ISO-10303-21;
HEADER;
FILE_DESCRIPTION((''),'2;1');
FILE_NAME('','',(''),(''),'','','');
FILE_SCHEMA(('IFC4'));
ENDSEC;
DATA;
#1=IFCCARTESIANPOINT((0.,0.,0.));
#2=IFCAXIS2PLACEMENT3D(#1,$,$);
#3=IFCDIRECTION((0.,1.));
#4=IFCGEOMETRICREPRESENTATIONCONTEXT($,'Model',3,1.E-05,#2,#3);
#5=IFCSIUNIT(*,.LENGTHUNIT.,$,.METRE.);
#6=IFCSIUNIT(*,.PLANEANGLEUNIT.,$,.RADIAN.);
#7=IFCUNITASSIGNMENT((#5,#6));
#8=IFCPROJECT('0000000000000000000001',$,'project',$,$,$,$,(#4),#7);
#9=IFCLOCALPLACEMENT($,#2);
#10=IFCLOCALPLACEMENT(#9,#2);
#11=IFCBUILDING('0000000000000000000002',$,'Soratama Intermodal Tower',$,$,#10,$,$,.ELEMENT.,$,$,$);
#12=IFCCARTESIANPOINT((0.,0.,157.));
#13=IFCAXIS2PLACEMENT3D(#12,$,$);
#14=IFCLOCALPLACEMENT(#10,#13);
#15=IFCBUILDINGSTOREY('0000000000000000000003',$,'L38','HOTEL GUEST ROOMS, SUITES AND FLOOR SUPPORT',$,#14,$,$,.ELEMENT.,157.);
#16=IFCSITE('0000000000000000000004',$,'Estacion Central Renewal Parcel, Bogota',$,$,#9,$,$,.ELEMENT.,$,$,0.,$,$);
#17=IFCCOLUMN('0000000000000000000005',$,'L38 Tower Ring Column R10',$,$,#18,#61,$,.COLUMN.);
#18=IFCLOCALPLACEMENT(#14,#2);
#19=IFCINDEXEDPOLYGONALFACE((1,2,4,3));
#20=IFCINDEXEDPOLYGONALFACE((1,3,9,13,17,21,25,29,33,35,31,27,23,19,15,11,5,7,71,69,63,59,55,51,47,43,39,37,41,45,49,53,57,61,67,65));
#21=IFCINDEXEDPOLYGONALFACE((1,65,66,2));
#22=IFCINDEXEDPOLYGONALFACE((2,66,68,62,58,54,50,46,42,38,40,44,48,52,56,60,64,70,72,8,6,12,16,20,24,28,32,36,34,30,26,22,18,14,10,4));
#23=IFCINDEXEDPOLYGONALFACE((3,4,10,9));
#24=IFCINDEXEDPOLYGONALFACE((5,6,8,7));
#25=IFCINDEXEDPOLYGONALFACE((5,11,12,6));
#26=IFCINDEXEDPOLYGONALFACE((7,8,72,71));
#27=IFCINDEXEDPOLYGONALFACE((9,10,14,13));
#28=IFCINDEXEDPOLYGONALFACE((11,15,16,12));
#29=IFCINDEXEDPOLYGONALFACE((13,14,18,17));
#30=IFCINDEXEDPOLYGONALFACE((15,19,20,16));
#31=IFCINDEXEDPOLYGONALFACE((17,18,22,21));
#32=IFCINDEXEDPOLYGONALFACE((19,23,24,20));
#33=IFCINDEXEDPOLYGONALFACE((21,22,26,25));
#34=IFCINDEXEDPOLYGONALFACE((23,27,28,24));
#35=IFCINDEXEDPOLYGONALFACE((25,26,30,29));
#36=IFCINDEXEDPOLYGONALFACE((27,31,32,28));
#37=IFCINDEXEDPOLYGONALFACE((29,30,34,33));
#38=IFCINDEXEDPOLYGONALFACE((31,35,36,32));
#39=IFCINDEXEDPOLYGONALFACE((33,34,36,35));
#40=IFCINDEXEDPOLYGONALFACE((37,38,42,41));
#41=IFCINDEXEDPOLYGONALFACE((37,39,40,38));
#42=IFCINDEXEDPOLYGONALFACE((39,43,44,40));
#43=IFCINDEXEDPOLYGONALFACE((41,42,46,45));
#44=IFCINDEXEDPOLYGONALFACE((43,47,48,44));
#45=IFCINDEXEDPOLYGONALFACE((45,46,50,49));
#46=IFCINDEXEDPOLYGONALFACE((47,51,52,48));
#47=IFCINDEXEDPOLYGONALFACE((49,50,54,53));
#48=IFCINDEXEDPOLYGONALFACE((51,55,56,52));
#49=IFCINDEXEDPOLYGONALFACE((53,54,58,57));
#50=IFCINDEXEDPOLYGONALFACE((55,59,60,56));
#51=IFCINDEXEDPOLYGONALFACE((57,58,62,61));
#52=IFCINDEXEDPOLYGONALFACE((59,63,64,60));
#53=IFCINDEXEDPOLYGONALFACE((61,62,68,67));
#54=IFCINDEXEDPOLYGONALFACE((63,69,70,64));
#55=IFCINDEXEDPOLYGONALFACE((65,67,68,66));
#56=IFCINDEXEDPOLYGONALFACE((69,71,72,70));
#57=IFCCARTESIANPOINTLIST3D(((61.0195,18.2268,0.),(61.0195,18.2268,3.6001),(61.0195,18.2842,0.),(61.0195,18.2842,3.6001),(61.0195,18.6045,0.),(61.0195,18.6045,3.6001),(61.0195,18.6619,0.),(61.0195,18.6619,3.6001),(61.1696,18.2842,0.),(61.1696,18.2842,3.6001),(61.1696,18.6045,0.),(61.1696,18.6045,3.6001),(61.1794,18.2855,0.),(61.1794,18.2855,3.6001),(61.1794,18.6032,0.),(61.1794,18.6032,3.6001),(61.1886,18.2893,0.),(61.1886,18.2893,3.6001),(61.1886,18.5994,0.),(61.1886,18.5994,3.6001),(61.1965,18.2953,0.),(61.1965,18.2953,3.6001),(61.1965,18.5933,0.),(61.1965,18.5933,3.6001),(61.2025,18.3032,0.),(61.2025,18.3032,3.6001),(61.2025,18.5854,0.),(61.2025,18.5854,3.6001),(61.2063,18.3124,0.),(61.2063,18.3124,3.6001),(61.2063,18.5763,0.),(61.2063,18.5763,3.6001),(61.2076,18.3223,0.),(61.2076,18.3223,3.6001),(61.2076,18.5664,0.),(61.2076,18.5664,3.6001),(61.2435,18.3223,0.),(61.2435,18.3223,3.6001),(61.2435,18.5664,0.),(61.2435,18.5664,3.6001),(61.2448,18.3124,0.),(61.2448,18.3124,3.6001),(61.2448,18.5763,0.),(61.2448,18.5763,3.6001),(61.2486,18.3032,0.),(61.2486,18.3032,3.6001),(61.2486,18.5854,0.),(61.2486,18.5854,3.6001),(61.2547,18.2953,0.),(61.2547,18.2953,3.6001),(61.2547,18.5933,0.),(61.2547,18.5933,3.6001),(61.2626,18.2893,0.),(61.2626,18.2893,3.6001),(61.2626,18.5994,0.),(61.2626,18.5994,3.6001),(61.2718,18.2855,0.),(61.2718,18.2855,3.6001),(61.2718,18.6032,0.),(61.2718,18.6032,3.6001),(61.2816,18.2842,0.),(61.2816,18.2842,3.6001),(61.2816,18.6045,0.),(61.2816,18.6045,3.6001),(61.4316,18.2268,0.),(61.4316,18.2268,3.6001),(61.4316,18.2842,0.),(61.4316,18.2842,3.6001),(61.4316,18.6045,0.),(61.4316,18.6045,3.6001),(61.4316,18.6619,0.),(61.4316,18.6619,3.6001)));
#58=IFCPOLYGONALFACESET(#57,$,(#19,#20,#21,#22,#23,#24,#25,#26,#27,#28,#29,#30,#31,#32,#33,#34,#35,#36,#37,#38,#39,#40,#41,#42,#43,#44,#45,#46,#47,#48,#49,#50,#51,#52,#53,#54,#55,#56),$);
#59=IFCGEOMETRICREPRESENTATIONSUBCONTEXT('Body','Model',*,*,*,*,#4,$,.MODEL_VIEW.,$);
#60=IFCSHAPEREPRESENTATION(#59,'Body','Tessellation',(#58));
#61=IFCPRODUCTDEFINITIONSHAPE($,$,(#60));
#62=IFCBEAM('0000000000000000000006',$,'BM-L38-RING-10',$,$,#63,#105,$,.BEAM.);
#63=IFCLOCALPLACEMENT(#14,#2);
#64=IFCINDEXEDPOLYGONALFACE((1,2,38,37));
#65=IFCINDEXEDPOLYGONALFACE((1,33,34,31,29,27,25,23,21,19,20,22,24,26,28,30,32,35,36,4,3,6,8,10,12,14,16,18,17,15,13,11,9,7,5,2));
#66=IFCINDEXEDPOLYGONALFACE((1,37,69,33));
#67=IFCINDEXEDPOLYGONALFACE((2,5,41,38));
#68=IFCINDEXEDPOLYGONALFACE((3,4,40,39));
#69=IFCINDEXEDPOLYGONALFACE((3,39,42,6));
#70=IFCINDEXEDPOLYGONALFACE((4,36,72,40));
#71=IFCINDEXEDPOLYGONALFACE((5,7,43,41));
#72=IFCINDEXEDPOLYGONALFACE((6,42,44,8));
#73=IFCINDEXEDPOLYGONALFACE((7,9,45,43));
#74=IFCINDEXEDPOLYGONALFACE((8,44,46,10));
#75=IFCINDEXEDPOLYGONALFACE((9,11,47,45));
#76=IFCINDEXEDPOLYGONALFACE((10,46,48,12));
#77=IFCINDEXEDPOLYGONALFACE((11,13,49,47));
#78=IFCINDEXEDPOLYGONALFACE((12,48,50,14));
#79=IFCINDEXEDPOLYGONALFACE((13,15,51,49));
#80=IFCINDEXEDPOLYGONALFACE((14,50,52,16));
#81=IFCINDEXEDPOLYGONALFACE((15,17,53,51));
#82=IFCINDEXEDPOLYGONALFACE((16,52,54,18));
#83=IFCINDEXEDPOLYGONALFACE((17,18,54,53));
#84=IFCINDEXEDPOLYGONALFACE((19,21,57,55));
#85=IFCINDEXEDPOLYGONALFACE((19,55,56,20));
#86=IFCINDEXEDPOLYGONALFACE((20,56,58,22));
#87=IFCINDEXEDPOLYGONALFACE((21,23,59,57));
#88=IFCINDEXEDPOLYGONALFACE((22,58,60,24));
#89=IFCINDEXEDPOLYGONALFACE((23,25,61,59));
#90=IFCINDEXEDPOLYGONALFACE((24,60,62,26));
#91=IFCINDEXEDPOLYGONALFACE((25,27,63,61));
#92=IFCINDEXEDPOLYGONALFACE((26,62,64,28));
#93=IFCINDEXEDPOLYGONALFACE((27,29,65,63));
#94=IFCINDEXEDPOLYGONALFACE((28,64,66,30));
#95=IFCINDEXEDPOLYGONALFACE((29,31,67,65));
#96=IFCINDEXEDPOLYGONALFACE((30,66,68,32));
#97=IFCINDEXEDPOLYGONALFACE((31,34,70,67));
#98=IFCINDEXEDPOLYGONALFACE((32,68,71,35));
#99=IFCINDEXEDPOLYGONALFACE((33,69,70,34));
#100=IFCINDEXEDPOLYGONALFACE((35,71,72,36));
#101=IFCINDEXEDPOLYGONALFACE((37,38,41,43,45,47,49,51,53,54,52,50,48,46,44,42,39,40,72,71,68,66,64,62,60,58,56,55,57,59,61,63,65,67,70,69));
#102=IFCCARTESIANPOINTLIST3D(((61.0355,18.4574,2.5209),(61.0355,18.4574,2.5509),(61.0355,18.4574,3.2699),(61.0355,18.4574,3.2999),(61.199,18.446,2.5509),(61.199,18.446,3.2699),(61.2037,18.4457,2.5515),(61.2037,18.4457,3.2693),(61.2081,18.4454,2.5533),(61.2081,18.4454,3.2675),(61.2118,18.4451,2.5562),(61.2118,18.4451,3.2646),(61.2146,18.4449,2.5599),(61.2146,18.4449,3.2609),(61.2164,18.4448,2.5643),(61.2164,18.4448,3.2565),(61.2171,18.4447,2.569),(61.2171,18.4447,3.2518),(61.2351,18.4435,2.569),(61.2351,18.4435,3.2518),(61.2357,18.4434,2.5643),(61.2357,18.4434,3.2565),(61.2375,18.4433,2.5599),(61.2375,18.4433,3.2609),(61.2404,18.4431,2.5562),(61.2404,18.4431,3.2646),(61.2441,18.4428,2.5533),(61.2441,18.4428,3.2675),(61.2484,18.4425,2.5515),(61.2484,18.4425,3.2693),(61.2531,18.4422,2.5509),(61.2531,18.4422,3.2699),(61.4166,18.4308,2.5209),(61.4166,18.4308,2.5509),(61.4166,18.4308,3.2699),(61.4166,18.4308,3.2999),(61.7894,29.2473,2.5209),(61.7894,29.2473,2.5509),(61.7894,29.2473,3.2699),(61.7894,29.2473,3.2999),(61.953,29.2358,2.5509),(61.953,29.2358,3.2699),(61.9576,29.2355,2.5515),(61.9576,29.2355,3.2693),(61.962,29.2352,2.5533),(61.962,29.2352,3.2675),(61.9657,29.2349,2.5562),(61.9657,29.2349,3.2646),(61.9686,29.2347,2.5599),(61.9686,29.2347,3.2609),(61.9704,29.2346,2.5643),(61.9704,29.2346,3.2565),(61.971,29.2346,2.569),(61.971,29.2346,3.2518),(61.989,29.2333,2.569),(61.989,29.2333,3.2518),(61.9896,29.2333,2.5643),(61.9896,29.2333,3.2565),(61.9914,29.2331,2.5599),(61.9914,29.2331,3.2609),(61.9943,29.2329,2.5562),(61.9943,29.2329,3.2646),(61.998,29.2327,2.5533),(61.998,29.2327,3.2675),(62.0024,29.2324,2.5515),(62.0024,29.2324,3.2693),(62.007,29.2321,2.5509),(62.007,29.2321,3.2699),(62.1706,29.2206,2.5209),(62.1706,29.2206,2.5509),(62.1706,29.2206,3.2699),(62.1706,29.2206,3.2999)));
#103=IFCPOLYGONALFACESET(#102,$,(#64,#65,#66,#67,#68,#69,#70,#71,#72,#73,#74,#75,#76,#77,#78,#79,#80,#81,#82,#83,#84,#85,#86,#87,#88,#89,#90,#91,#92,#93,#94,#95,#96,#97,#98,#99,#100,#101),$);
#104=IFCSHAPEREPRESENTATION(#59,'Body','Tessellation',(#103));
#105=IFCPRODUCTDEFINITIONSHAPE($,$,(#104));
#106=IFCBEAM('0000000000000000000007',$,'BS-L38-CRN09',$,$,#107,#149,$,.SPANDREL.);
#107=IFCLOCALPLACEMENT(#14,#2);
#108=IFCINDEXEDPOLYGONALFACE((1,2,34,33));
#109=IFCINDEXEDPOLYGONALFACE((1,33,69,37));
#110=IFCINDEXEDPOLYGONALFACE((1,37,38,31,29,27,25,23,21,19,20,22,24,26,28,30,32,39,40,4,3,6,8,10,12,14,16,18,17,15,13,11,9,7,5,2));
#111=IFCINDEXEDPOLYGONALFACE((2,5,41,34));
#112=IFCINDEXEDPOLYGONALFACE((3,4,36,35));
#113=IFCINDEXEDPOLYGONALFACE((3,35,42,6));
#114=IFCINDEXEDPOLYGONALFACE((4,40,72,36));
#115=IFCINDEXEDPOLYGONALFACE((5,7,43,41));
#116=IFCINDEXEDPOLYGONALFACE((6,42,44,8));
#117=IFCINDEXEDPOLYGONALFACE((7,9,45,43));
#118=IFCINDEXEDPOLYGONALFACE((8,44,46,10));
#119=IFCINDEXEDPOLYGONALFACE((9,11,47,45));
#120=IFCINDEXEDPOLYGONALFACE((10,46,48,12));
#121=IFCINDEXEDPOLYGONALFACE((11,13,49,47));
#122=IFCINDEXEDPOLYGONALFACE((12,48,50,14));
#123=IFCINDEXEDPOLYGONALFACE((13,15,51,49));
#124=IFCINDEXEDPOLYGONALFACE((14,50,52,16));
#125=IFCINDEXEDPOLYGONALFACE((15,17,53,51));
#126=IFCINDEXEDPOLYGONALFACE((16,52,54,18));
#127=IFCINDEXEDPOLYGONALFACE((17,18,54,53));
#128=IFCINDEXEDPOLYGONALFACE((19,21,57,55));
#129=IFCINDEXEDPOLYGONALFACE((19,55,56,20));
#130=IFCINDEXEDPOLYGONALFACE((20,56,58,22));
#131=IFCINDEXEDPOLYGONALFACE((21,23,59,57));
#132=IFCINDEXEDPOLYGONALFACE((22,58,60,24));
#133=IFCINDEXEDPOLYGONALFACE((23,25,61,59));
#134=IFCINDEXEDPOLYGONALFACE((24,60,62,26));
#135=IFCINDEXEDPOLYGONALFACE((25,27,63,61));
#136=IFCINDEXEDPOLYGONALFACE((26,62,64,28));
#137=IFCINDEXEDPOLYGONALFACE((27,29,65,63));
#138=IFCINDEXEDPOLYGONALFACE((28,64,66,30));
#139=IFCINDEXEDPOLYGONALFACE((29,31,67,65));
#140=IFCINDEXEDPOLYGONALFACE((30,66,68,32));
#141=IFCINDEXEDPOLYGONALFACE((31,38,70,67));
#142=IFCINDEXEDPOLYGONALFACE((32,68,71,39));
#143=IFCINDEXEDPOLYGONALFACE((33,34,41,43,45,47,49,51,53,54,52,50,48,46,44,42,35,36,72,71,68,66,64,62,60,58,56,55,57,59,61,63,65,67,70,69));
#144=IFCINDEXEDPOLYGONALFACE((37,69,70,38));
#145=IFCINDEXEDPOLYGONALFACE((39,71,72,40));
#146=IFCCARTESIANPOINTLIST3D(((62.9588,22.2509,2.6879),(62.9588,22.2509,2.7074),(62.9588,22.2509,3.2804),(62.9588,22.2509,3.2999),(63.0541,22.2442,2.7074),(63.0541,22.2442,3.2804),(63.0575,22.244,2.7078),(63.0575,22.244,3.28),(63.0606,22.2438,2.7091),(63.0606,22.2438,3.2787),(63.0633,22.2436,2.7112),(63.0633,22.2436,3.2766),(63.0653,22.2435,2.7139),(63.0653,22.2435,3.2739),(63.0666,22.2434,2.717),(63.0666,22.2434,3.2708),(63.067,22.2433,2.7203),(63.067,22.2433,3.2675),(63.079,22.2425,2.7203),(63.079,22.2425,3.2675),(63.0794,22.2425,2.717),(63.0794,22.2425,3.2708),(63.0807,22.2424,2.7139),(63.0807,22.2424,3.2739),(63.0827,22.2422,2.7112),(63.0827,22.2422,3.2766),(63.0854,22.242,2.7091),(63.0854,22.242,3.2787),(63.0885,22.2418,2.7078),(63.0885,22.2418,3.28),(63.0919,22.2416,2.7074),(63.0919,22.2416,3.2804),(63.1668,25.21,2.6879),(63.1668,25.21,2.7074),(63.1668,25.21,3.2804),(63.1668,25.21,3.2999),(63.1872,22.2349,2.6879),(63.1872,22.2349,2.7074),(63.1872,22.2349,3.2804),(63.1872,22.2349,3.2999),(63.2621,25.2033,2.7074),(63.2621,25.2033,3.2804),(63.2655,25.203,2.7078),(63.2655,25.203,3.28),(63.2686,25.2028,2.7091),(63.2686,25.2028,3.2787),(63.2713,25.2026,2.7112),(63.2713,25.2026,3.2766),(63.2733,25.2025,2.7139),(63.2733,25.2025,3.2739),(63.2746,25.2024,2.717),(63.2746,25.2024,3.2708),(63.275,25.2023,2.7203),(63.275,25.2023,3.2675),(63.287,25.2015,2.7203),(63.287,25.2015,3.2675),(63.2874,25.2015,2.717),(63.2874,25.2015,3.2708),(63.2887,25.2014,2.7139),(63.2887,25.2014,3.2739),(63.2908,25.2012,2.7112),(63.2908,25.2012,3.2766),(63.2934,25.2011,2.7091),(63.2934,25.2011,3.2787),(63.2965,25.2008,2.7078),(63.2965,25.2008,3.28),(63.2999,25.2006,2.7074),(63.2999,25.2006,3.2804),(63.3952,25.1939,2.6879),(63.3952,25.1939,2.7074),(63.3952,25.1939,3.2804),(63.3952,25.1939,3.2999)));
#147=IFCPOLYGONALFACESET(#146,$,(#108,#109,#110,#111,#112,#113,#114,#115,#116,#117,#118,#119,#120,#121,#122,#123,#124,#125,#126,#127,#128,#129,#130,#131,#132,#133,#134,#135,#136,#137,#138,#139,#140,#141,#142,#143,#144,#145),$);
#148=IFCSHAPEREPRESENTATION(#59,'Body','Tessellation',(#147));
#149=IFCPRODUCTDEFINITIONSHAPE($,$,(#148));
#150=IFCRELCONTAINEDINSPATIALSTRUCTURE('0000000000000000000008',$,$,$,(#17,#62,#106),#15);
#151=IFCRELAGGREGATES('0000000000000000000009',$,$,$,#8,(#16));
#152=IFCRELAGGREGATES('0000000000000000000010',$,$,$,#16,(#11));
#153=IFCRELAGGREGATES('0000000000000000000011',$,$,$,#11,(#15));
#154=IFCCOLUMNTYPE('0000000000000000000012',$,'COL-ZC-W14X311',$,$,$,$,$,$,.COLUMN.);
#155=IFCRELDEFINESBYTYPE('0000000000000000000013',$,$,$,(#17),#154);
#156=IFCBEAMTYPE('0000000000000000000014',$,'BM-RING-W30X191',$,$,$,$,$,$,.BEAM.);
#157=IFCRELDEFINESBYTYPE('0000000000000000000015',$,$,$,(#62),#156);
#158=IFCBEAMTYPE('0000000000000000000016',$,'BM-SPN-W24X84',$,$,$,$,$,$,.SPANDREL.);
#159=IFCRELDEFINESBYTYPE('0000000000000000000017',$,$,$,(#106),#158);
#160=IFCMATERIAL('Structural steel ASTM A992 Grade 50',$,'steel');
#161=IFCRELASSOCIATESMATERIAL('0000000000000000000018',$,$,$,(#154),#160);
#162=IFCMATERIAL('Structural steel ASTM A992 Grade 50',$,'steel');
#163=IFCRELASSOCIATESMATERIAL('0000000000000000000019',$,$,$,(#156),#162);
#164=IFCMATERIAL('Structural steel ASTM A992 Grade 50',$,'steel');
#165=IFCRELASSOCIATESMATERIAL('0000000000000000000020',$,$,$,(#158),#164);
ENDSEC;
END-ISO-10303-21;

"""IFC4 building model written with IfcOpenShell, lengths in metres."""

from ifc_helpers import new_model, si_unit, direction, frame, origin, origin_2d, place, context, subcontext, project, spatial, i_section, extrude, material, material_profile, profile_set, type_object, element, save


model = new_model("IFC4")

# Units and contexts
model_context = context("Model", 3, precision=1e-05, world=origin(), true_north=direction((0.0, 1.0)))
body_context = subcontext(model_context, "Body", "Model", "MODEL_VIEW")
ifc_project = project(units=[si_unit("LENGTHUNIT", "METRE"), si_unit("PLANEANGLEUNIT", "RADIAN")], contexts=[model_context])

# Site, building, storey
site_placement = place(None, origin())
site = spatial("IfcSite", under=ifc_project, at=site_placement, Name="Estacion Central Renewal Parcel, Bogota", CompositionType="ELEMENT", RefElevation=0.0)
building_placement = place(site_placement, origin())
building = spatial("IfcBuilding", under=site, at=building_placement, Name="Soratama Intermodal Tower", CompositionType="ELEMENT")
storey_placement = place(building_placement, frame((0.0, 0.0, 157.0)))
storey = spatial("IfcBuildingStorey", under=building, at=storey_placement, Name="L38", Description="HOTEL GUEST ROOMS, SUITES AND FLOOR SUPPORT", CompositionType="ELEMENT", Elevation=157.0)

# Column
ifc_material_1 = material(Name="Structural steel ASTM A992 Grade 50", Category="steel")
ifc_material_profile_1 = material_profile(ifc_material_1, i_section(OverallWidth=0.4121, OverallDepth=0.4351, WebThickness=0.0359, FlangeThickness=0.0574, FilletRadius=0.0381, at=origin_2d()), Name="W14X311")
ifc_profile_set_1 = profile_set([ifc_material_profile_1], Name="Structural steel ASTM A992 Grade 50")
column_type = type_object("IfcColumnType", Name="COL-ZC-W14X311", PredefinedType="COLUMN", material=ifc_profile_set_1)
column_placement = place(storey_placement, frame((61.2256, 18.4443, 0.0), z_axis=(0.0, 0.0, 1.0), x_axis=(1.0, 0.0, 0.0)))
element("IfcColumn", 1, at=column_placement, inside=storey, type_object=column_type, Name="L38 Tower Ring Column R10", PredefinedType="COLUMN", context=body_context, shape_type="SweptSolid", body=[
    extrude(i_section(OverallWidth=0.4121, OverallDepth=0.4351, WebThickness=0.0359, FlangeThickness=0.0574, FilletRadius=0.0381, at=origin_2d()), origin(), (0.0, 0.0, 1.0), 3.6001),
])

# Beams
ifc_material_2 = material(Name="Structural steel ASTM A992 Grade 50", Category="steel")
ifc_material_profile_2 = material_profile(ifc_material_2, i_section(OverallWidth=0.3821, OverallDepth=0.7791, WebThickness=0.0181, FlangeThickness=0.03, FilletRadius=0.0181, at=origin_2d()), Name="W30X191")
ifc_profile_set_2 = profile_set([ifc_material_profile_2], Name="Structural steel ASTM A992 Grade 50")
beam_type_1 = type_object("IfcBeamType", Name="BM-RING-W30X191", PredefinedType="BEAM", material=ifc_profile_set_2)
beam_1_placement = place(storey_placement, frame((61.2261, 18.4441, 2.9104), z_axis=(0.069702, 0.997568, 0.0), x_axis=(-0.997568, 0.069702, 0.0)))
element("IfcBeam", 2, at=beam_1_placement, inside=storey, type_object=beam_type_1, Name="BM-L38-RING-10", PredefinedType="BEAM", context=body_context, shape_type="SweptSolid", body=[
    extrude(i_section(OverallWidth=0.3821, OverallDepth=0.7791, WebThickness=0.0181, FlangeThickness=0.03, FilletRadius=0.0181, at=origin_2d()), origin(), (0.0, 0.0, 1.0), 10.8162),
])
ifc_material_3 = material(Name="Structural steel ASTM A992 Grade 50", Category="steel")
ifc_material_profile_3 = material_profile(ifc_material_3, i_section(OverallWidth=0.229, OverallDepth=0.6121, WebThickness=0.012, FlangeThickness=0.0195, FilletRadius=0.0129, at=origin_2d()), Name="W24X84")
ifc_profile_set_3 = profile_set([ifc_material_profile_3], Name="Structural steel ASTM A992 Grade 50")
beam_type_2 = type_object("IfcBeamType", Name="BM-SPN-W24X84", PredefinedType="SPANDREL", material=ifc_profile_set_3)
beam_2_placement = place(storey_placement, frame((63.073, 22.2429, 2.9939), z_axis=(0.070124, 0.997538, 0.0), x_axis=(-0.997538, 0.070124, 0.0)))
element("IfcBeam", 3, at=beam_2_placement, inside=storey, type_object=beam_type_2, Name="BS-L38-CRN09", PredefinedType="SPANDREL", context=body_context, shape_type="SweptSolid", body=[
    extrude(i_section(OverallWidth=0.229, OverallDepth=0.6121, WebThickness=0.012, FlangeThickness=0.0195, FilletRadius=0.0129, at=origin_2d()), origin(), (0.0, 0.0, 1.0), 2.9663),
])

save(model, "model.ifc")
